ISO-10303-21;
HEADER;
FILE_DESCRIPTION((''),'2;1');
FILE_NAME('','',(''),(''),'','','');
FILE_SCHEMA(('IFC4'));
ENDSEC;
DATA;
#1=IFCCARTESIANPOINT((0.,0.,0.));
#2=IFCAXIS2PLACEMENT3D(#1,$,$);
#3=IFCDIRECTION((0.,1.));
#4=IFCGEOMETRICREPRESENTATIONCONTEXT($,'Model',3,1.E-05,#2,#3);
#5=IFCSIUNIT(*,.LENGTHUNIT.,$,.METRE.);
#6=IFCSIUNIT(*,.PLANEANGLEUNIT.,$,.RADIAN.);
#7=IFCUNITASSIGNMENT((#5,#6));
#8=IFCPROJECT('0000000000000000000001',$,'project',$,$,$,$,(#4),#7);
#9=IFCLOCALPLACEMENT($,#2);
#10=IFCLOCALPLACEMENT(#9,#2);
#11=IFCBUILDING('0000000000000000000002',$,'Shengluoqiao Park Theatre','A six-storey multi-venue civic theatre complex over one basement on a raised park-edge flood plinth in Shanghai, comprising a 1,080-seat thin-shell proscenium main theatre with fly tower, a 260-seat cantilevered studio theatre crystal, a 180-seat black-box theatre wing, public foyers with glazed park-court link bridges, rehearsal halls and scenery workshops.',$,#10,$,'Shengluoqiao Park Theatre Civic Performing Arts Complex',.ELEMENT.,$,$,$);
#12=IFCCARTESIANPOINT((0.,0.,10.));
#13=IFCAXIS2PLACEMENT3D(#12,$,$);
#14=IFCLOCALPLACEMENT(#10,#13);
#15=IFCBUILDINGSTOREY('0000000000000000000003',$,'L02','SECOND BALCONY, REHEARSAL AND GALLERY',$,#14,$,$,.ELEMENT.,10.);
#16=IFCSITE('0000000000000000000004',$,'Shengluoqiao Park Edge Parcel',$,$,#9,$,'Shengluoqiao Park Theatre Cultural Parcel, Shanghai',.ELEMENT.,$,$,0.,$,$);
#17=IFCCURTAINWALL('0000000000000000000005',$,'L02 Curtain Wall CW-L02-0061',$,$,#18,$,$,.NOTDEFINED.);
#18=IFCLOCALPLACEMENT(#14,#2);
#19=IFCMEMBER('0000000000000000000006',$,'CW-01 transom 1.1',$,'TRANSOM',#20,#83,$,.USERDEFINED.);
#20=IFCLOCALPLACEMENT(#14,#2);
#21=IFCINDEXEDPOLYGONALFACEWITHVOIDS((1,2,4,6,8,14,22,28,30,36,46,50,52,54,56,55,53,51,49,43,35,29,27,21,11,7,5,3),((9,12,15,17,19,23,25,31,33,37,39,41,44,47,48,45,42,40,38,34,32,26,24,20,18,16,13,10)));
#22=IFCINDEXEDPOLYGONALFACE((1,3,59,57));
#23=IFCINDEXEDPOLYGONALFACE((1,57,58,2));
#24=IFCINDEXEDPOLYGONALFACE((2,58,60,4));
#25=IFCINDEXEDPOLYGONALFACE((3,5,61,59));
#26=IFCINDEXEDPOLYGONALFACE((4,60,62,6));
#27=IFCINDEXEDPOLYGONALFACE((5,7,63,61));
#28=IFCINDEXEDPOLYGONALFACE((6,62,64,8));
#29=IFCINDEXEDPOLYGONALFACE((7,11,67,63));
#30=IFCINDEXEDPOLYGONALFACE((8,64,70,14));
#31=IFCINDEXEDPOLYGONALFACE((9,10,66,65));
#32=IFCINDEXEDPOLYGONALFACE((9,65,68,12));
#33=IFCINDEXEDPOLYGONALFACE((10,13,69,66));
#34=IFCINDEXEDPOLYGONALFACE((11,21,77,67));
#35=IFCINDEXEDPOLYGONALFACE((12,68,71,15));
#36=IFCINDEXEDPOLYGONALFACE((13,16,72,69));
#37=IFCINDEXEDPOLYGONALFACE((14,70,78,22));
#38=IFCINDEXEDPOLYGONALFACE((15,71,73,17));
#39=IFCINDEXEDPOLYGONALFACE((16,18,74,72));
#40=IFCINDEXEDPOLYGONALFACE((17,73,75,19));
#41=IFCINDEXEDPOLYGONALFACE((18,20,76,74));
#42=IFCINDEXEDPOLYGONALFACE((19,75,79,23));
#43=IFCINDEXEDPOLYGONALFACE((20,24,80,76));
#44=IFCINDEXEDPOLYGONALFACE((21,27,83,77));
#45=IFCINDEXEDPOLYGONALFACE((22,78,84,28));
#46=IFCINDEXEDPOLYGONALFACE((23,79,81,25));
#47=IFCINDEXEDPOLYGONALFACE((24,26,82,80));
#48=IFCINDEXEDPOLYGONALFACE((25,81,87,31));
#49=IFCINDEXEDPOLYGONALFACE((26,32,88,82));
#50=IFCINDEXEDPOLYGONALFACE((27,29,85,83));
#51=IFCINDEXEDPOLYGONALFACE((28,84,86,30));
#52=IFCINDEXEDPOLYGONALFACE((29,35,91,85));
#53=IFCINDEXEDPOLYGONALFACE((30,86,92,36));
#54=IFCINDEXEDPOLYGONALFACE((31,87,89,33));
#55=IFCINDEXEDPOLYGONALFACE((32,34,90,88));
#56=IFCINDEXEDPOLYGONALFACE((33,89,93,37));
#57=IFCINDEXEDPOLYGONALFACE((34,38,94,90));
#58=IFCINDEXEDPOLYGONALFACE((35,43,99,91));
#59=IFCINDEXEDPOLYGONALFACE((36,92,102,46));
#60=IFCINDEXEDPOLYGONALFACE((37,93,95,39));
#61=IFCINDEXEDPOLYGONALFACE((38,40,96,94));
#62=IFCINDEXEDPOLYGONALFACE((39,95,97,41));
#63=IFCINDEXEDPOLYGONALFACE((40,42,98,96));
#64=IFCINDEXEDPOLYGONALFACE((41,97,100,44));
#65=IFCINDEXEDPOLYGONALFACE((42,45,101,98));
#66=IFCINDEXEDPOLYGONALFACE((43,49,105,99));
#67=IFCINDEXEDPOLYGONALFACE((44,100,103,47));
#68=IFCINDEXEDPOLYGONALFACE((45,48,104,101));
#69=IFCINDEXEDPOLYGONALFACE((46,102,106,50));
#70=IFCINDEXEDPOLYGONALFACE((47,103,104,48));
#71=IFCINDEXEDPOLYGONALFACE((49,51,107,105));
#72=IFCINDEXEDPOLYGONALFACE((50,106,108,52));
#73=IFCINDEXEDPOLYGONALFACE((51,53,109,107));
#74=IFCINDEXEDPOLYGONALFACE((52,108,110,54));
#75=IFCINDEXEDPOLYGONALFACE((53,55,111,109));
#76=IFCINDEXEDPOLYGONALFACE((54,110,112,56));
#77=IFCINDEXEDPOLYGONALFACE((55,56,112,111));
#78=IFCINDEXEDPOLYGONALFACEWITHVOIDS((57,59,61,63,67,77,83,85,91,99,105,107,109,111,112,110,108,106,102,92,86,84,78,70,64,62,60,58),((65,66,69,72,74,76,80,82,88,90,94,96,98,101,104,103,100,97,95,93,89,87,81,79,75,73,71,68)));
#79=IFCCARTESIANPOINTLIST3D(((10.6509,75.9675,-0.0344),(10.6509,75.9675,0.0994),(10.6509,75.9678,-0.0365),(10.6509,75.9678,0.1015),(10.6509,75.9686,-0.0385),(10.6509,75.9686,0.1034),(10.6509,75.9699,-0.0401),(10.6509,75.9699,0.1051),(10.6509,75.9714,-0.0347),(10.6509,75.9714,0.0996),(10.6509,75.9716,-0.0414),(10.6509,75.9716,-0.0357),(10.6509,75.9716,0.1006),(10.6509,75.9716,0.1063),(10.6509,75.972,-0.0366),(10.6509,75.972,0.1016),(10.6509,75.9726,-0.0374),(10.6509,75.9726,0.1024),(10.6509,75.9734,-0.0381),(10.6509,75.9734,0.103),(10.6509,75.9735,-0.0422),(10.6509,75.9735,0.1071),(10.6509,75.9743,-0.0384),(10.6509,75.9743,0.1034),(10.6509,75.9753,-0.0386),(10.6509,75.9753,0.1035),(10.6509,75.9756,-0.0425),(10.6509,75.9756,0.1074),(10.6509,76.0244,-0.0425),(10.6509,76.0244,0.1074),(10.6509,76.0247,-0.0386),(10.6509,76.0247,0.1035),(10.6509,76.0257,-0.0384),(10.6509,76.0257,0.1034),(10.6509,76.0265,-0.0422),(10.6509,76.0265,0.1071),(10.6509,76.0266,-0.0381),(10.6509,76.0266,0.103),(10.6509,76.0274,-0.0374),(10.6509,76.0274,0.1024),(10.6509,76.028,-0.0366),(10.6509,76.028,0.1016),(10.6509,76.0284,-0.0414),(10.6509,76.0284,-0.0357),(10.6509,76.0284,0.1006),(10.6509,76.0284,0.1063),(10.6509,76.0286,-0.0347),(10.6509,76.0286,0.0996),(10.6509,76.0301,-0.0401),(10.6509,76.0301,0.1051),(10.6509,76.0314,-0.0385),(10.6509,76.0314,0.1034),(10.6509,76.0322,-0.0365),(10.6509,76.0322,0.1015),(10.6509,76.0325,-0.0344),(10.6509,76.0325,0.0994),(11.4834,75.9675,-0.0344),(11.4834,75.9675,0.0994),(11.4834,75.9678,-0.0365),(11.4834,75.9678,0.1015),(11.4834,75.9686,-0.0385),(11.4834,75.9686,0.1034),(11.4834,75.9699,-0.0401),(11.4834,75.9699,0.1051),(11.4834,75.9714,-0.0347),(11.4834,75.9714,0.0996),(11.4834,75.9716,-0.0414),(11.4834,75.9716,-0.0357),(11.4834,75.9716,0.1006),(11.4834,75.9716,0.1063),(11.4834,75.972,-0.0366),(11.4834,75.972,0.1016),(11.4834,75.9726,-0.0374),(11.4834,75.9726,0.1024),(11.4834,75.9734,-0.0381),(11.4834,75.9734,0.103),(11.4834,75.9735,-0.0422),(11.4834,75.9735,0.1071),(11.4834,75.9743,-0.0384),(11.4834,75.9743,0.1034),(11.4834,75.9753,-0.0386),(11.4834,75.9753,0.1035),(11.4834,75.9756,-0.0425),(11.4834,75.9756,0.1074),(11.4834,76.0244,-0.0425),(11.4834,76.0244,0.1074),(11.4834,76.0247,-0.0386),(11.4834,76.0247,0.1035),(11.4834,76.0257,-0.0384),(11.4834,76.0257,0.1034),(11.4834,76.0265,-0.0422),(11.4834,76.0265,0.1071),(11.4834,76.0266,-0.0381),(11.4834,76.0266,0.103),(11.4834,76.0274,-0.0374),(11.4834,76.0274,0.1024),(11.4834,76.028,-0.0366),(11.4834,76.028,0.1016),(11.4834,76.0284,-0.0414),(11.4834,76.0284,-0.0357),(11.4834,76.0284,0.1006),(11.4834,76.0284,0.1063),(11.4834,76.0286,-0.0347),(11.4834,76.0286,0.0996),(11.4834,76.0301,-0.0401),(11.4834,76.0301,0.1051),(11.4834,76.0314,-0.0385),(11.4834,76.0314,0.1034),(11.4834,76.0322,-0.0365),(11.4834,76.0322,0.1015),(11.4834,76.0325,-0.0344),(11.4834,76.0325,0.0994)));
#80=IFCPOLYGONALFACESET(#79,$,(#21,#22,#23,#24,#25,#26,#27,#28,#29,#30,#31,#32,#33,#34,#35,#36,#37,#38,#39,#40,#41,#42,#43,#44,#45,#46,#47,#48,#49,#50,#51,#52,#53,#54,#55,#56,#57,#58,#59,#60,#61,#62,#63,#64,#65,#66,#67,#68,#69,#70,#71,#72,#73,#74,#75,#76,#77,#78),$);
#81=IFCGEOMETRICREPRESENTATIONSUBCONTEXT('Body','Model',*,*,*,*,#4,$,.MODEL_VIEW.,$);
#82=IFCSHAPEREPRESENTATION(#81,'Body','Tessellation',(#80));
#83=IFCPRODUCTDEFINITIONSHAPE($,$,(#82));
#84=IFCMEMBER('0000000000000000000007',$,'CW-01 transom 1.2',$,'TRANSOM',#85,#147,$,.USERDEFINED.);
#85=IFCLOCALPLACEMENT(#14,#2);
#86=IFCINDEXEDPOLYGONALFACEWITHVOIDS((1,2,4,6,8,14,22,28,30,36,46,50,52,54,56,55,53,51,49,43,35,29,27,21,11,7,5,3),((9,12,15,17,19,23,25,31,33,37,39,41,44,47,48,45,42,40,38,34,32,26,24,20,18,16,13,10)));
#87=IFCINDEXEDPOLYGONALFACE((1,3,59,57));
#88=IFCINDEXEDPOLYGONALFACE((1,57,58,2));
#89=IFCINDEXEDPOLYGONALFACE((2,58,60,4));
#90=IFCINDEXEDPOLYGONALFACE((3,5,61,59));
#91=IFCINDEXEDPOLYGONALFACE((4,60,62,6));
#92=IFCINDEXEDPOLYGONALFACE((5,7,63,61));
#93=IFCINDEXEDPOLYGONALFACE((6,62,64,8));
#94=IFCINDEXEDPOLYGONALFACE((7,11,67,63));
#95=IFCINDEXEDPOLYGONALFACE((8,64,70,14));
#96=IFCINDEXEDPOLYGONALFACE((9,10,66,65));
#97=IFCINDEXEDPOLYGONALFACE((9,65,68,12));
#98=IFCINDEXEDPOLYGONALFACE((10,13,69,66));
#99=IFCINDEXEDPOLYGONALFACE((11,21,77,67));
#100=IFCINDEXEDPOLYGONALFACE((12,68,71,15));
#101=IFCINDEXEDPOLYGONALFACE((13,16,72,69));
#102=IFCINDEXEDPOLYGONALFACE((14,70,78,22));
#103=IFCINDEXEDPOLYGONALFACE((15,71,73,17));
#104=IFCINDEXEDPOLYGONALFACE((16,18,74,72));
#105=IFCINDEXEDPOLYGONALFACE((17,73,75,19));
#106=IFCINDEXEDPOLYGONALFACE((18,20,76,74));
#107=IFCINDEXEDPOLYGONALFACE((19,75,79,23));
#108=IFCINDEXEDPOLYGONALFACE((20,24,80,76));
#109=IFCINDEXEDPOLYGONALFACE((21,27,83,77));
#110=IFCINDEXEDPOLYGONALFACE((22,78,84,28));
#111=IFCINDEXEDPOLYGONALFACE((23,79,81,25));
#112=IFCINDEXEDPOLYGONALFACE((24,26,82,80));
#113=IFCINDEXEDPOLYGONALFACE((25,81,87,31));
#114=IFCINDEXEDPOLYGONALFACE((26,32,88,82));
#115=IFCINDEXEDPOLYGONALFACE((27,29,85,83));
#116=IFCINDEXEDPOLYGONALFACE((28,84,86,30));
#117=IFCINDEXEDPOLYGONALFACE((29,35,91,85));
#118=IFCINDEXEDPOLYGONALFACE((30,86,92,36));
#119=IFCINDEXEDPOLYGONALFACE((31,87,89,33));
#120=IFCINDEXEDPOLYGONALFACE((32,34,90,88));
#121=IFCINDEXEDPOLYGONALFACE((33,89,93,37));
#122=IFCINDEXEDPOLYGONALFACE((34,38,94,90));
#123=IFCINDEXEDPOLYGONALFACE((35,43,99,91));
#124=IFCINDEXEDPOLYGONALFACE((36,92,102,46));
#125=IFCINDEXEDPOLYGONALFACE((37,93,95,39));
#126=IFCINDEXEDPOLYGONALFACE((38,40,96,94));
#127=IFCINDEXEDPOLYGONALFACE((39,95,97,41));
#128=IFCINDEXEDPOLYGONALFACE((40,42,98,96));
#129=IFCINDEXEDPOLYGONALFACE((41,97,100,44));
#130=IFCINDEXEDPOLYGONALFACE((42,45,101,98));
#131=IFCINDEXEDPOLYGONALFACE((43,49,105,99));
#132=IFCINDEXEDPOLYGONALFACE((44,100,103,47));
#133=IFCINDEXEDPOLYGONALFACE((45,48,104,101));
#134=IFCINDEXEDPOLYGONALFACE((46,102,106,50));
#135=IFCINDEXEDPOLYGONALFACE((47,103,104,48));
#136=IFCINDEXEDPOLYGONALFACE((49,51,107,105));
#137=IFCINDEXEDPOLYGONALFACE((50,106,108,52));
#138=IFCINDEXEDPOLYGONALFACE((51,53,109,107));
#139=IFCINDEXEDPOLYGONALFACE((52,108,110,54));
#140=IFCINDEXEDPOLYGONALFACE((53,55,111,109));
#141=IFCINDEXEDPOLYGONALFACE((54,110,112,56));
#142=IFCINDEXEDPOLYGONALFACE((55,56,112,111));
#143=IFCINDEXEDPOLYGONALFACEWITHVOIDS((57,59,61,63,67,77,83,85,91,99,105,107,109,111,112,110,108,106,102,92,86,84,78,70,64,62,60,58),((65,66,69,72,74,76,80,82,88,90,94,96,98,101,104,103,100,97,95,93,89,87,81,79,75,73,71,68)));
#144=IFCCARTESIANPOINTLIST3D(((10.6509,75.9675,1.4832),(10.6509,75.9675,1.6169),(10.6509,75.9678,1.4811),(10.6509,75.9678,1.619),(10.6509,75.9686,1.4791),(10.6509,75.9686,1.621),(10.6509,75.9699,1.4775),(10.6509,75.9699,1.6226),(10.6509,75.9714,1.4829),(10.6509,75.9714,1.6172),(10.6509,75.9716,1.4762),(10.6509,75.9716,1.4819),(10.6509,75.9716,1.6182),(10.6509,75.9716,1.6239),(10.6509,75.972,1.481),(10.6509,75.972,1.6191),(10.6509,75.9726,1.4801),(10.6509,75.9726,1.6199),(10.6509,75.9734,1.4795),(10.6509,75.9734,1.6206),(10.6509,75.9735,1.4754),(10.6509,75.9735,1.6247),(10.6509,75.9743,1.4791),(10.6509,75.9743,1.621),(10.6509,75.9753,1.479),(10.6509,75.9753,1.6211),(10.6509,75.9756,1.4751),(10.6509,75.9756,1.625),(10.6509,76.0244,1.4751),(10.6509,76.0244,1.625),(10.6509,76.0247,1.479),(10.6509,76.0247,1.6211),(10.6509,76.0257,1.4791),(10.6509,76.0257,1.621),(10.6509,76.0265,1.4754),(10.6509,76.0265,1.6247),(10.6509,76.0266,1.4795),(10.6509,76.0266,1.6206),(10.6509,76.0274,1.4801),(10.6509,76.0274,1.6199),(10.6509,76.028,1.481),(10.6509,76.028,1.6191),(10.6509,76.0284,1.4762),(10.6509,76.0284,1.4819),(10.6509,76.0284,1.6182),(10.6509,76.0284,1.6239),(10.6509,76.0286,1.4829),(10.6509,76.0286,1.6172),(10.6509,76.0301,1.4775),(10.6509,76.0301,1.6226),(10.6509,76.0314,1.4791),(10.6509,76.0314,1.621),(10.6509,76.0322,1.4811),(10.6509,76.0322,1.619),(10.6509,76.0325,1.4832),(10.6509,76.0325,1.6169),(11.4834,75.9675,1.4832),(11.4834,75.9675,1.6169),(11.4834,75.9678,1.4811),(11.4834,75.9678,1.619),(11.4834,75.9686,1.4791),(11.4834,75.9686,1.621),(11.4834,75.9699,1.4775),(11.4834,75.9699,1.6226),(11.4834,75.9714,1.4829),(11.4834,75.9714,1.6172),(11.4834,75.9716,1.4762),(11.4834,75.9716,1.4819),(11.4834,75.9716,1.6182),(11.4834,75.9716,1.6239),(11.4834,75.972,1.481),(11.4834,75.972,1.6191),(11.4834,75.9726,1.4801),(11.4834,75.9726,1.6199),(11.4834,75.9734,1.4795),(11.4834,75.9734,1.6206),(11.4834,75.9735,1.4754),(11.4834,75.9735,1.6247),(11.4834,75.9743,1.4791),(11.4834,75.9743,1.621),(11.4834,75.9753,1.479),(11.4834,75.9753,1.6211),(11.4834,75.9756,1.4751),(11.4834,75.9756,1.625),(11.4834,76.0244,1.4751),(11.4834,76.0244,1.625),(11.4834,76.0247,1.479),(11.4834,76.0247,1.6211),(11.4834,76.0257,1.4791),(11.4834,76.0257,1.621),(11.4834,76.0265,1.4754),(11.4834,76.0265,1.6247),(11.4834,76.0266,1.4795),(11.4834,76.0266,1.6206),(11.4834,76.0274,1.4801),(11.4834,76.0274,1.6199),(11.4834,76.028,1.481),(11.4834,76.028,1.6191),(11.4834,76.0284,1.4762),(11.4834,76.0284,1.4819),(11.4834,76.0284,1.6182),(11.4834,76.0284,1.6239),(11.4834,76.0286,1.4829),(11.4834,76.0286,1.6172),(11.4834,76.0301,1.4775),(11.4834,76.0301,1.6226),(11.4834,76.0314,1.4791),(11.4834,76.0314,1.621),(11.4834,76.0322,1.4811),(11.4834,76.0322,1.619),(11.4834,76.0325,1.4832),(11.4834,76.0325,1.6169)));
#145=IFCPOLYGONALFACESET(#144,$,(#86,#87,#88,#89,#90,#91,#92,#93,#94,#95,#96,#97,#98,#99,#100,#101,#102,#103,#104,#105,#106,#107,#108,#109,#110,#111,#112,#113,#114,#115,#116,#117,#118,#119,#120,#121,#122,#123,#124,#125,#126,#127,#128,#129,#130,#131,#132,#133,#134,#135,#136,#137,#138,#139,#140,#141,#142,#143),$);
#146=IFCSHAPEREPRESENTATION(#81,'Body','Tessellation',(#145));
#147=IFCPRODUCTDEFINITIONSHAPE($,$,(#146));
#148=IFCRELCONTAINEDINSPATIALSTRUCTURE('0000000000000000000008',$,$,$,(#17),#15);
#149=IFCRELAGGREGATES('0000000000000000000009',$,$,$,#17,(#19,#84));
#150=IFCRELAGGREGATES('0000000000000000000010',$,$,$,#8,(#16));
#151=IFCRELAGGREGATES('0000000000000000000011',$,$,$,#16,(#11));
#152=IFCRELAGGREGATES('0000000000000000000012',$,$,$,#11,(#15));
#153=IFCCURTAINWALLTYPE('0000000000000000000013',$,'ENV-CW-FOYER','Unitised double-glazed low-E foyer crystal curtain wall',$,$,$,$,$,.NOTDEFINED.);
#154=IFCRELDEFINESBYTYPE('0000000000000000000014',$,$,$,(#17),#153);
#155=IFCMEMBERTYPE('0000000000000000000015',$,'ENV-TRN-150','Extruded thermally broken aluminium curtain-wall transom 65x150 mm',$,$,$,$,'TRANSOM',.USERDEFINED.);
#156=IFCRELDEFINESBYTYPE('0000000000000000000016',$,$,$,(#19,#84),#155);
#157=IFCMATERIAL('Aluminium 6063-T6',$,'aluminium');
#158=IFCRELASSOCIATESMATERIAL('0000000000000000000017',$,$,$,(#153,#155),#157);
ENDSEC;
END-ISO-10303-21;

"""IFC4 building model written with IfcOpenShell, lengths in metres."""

from ifc_helpers import new_model, si_unit, direction, frame, origin, origin_2d, place, context, subcontext, project, spatial, hollow_rectangle, extrude, material, material_profile, profile_set, type_object, element, aggregate, save


model = new_model("IFC4")

# Units and contexts
model_context = context("Model", 3, precision=1e-05, world=origin(), true_north=direction((0.0, 1.0)))
body_context = subcontext(model_context, "Body", "Model", "MODEL_VIEW")
ifc_project = project(units=[si_unit("LENGTHUNIT", "METRE"), si_unit("PLANEANGLEUNIT", "RADIAN")], contexts=[model_context])

# Site, building, storey
site_placement = place(None, origin())
site = spatial("IfcSite", under=ifc_project, at=site_placement, Name="Shengluoqiao Park Edge Parcel", LongName="Shengluoqiao Park Theatre Cultural Parcel, Shanghai", CompositionType="ELEMENT", RefElevation=0.0)
building_placement = place(site_placement, origin())
building = spatial("IfcBuilding", under=site, at=building_placement, Name="Shengluoqiao Park Theatre", Description="A six-storey multi-venue civic theatre complex over one basement on a raised park-edge flood plinth in Shanghai, comprising a 1,080-seat thin-shell proscenium main theatre with fly tower, a 260-seat cantilevered studio theatre crystal, a 180-seat black-box theatre wing, public foyers with glazed park-court link bridges, rehearsal halls and scenery workshops.", LongName="Shengluoqiao Park Theatre Civic Performing Arts Complex", CompositionType="ELEMENT")
storey_placement = place(building_placement, frame((0.0, 0.0, 10.0)))
storey = spatial("IfcBuildingStorey", under=building, at=storey_placement, Name="L02", Description="SECOND BALCONY, REHEARSAL AND GALLERY", CompositionType="ELEMENT", Elevation=10.0)

# Curtain wall
ifc_material_1 = material(Name="Aluminium 6063-T6", Category="aluminium")
curtain_wall_type = type_object("IfcCurtainWallType", Name="ENV-CW-FOYER", Description="Unitised double-glazed low-E foyer crystal curtain wall", PredefinedType="NOTDEFINED", material=ifc_material_1)
curtain_wall_1_placement = place(storey_placement, origin())
curtain_wall_1 = element("IfcCurtainWall", 1, at=curtain_wall_1_placement, inside=storey, type_object=curtain_wall_type, Name="L02 Curtain Wall CW-L02-0061", PredefinedType="NOTDEFINED")

# Members
ifc_material_profile_1 = material_profile(ifc_material_1, hollow_rectangle(XDim=0.0649, YDim=0.1499, WallThickness=0.0039, InnerFilletRadius=0.0039, OuterFilletRadius=0.0081, at=origin_2d()), Name="ALU TRANSOM 150x65x4")
ifc_profile_set_1 = profile_set([ifc_material_profile_1], Name="Aluminium 6063-T6")
member_type_1 = type_object("IfcMemberType", Name="ENV-TRN-150", Description="Extruded thermally broken aluminium curtain-wall transom 65x150 mm", ElementType="TRANSOM", PredefinedType="USERDEFINED", material=ifc_profile_set_1)
member_1_placement = place(storey_placement, frame((10.6509, 76.0, 0.0325), z_axis=(1.0, 0.0, 0.0), x_axis=(0.0, 1.0, 0.0)))
member_1 = element("IfcMember", 2, at=member_1_placement, type_object=member_type_1, Name="CW-01 transom 1.1", ObjectType="TRANSOM", PredefinedType="USERDEFINED", context=body_context, shape_type="SweptSolid", body=[
    extrude(hollow_rectangle(XDim=0.0649, YDim=0.1499, WallThickness=0.0039, InnerFilletRadius=0.0039, OuterFilletRadius=0.0081, at=origin_2d()), origin(), (0.0, 0.0, 1.0), 0.8325),
])
member_2_placement = place(storey_placement, frame((10.6509, 76.0, 1.55), z_axis=(1.0, 0.0, 0.0), x_axis=(0.0, 1.0, 0.0)))
member_2 = element("IfcMember", 3, at=member_2_placement, type_object=member_type_1, Name="CW-01 transom 1.2", ObjectType="TRANSOM", PredefinedType="USERDEFINED", context=body_context, shape_type="SweptSolid", body=[
    extrude(hollow_rectangle(XDim=0.0649, YDim=0.1499, WallThickness=0.0039, InnerFilletRadius=0.0039, OuterFilletRadius=0.0081, at=origin_2d()), origin(), (0.0, 0.0, 1.0), 0.8325),
])
aggregate(curtain_wall_1, [member_1, member_2])

save(model, "model.ifc")
